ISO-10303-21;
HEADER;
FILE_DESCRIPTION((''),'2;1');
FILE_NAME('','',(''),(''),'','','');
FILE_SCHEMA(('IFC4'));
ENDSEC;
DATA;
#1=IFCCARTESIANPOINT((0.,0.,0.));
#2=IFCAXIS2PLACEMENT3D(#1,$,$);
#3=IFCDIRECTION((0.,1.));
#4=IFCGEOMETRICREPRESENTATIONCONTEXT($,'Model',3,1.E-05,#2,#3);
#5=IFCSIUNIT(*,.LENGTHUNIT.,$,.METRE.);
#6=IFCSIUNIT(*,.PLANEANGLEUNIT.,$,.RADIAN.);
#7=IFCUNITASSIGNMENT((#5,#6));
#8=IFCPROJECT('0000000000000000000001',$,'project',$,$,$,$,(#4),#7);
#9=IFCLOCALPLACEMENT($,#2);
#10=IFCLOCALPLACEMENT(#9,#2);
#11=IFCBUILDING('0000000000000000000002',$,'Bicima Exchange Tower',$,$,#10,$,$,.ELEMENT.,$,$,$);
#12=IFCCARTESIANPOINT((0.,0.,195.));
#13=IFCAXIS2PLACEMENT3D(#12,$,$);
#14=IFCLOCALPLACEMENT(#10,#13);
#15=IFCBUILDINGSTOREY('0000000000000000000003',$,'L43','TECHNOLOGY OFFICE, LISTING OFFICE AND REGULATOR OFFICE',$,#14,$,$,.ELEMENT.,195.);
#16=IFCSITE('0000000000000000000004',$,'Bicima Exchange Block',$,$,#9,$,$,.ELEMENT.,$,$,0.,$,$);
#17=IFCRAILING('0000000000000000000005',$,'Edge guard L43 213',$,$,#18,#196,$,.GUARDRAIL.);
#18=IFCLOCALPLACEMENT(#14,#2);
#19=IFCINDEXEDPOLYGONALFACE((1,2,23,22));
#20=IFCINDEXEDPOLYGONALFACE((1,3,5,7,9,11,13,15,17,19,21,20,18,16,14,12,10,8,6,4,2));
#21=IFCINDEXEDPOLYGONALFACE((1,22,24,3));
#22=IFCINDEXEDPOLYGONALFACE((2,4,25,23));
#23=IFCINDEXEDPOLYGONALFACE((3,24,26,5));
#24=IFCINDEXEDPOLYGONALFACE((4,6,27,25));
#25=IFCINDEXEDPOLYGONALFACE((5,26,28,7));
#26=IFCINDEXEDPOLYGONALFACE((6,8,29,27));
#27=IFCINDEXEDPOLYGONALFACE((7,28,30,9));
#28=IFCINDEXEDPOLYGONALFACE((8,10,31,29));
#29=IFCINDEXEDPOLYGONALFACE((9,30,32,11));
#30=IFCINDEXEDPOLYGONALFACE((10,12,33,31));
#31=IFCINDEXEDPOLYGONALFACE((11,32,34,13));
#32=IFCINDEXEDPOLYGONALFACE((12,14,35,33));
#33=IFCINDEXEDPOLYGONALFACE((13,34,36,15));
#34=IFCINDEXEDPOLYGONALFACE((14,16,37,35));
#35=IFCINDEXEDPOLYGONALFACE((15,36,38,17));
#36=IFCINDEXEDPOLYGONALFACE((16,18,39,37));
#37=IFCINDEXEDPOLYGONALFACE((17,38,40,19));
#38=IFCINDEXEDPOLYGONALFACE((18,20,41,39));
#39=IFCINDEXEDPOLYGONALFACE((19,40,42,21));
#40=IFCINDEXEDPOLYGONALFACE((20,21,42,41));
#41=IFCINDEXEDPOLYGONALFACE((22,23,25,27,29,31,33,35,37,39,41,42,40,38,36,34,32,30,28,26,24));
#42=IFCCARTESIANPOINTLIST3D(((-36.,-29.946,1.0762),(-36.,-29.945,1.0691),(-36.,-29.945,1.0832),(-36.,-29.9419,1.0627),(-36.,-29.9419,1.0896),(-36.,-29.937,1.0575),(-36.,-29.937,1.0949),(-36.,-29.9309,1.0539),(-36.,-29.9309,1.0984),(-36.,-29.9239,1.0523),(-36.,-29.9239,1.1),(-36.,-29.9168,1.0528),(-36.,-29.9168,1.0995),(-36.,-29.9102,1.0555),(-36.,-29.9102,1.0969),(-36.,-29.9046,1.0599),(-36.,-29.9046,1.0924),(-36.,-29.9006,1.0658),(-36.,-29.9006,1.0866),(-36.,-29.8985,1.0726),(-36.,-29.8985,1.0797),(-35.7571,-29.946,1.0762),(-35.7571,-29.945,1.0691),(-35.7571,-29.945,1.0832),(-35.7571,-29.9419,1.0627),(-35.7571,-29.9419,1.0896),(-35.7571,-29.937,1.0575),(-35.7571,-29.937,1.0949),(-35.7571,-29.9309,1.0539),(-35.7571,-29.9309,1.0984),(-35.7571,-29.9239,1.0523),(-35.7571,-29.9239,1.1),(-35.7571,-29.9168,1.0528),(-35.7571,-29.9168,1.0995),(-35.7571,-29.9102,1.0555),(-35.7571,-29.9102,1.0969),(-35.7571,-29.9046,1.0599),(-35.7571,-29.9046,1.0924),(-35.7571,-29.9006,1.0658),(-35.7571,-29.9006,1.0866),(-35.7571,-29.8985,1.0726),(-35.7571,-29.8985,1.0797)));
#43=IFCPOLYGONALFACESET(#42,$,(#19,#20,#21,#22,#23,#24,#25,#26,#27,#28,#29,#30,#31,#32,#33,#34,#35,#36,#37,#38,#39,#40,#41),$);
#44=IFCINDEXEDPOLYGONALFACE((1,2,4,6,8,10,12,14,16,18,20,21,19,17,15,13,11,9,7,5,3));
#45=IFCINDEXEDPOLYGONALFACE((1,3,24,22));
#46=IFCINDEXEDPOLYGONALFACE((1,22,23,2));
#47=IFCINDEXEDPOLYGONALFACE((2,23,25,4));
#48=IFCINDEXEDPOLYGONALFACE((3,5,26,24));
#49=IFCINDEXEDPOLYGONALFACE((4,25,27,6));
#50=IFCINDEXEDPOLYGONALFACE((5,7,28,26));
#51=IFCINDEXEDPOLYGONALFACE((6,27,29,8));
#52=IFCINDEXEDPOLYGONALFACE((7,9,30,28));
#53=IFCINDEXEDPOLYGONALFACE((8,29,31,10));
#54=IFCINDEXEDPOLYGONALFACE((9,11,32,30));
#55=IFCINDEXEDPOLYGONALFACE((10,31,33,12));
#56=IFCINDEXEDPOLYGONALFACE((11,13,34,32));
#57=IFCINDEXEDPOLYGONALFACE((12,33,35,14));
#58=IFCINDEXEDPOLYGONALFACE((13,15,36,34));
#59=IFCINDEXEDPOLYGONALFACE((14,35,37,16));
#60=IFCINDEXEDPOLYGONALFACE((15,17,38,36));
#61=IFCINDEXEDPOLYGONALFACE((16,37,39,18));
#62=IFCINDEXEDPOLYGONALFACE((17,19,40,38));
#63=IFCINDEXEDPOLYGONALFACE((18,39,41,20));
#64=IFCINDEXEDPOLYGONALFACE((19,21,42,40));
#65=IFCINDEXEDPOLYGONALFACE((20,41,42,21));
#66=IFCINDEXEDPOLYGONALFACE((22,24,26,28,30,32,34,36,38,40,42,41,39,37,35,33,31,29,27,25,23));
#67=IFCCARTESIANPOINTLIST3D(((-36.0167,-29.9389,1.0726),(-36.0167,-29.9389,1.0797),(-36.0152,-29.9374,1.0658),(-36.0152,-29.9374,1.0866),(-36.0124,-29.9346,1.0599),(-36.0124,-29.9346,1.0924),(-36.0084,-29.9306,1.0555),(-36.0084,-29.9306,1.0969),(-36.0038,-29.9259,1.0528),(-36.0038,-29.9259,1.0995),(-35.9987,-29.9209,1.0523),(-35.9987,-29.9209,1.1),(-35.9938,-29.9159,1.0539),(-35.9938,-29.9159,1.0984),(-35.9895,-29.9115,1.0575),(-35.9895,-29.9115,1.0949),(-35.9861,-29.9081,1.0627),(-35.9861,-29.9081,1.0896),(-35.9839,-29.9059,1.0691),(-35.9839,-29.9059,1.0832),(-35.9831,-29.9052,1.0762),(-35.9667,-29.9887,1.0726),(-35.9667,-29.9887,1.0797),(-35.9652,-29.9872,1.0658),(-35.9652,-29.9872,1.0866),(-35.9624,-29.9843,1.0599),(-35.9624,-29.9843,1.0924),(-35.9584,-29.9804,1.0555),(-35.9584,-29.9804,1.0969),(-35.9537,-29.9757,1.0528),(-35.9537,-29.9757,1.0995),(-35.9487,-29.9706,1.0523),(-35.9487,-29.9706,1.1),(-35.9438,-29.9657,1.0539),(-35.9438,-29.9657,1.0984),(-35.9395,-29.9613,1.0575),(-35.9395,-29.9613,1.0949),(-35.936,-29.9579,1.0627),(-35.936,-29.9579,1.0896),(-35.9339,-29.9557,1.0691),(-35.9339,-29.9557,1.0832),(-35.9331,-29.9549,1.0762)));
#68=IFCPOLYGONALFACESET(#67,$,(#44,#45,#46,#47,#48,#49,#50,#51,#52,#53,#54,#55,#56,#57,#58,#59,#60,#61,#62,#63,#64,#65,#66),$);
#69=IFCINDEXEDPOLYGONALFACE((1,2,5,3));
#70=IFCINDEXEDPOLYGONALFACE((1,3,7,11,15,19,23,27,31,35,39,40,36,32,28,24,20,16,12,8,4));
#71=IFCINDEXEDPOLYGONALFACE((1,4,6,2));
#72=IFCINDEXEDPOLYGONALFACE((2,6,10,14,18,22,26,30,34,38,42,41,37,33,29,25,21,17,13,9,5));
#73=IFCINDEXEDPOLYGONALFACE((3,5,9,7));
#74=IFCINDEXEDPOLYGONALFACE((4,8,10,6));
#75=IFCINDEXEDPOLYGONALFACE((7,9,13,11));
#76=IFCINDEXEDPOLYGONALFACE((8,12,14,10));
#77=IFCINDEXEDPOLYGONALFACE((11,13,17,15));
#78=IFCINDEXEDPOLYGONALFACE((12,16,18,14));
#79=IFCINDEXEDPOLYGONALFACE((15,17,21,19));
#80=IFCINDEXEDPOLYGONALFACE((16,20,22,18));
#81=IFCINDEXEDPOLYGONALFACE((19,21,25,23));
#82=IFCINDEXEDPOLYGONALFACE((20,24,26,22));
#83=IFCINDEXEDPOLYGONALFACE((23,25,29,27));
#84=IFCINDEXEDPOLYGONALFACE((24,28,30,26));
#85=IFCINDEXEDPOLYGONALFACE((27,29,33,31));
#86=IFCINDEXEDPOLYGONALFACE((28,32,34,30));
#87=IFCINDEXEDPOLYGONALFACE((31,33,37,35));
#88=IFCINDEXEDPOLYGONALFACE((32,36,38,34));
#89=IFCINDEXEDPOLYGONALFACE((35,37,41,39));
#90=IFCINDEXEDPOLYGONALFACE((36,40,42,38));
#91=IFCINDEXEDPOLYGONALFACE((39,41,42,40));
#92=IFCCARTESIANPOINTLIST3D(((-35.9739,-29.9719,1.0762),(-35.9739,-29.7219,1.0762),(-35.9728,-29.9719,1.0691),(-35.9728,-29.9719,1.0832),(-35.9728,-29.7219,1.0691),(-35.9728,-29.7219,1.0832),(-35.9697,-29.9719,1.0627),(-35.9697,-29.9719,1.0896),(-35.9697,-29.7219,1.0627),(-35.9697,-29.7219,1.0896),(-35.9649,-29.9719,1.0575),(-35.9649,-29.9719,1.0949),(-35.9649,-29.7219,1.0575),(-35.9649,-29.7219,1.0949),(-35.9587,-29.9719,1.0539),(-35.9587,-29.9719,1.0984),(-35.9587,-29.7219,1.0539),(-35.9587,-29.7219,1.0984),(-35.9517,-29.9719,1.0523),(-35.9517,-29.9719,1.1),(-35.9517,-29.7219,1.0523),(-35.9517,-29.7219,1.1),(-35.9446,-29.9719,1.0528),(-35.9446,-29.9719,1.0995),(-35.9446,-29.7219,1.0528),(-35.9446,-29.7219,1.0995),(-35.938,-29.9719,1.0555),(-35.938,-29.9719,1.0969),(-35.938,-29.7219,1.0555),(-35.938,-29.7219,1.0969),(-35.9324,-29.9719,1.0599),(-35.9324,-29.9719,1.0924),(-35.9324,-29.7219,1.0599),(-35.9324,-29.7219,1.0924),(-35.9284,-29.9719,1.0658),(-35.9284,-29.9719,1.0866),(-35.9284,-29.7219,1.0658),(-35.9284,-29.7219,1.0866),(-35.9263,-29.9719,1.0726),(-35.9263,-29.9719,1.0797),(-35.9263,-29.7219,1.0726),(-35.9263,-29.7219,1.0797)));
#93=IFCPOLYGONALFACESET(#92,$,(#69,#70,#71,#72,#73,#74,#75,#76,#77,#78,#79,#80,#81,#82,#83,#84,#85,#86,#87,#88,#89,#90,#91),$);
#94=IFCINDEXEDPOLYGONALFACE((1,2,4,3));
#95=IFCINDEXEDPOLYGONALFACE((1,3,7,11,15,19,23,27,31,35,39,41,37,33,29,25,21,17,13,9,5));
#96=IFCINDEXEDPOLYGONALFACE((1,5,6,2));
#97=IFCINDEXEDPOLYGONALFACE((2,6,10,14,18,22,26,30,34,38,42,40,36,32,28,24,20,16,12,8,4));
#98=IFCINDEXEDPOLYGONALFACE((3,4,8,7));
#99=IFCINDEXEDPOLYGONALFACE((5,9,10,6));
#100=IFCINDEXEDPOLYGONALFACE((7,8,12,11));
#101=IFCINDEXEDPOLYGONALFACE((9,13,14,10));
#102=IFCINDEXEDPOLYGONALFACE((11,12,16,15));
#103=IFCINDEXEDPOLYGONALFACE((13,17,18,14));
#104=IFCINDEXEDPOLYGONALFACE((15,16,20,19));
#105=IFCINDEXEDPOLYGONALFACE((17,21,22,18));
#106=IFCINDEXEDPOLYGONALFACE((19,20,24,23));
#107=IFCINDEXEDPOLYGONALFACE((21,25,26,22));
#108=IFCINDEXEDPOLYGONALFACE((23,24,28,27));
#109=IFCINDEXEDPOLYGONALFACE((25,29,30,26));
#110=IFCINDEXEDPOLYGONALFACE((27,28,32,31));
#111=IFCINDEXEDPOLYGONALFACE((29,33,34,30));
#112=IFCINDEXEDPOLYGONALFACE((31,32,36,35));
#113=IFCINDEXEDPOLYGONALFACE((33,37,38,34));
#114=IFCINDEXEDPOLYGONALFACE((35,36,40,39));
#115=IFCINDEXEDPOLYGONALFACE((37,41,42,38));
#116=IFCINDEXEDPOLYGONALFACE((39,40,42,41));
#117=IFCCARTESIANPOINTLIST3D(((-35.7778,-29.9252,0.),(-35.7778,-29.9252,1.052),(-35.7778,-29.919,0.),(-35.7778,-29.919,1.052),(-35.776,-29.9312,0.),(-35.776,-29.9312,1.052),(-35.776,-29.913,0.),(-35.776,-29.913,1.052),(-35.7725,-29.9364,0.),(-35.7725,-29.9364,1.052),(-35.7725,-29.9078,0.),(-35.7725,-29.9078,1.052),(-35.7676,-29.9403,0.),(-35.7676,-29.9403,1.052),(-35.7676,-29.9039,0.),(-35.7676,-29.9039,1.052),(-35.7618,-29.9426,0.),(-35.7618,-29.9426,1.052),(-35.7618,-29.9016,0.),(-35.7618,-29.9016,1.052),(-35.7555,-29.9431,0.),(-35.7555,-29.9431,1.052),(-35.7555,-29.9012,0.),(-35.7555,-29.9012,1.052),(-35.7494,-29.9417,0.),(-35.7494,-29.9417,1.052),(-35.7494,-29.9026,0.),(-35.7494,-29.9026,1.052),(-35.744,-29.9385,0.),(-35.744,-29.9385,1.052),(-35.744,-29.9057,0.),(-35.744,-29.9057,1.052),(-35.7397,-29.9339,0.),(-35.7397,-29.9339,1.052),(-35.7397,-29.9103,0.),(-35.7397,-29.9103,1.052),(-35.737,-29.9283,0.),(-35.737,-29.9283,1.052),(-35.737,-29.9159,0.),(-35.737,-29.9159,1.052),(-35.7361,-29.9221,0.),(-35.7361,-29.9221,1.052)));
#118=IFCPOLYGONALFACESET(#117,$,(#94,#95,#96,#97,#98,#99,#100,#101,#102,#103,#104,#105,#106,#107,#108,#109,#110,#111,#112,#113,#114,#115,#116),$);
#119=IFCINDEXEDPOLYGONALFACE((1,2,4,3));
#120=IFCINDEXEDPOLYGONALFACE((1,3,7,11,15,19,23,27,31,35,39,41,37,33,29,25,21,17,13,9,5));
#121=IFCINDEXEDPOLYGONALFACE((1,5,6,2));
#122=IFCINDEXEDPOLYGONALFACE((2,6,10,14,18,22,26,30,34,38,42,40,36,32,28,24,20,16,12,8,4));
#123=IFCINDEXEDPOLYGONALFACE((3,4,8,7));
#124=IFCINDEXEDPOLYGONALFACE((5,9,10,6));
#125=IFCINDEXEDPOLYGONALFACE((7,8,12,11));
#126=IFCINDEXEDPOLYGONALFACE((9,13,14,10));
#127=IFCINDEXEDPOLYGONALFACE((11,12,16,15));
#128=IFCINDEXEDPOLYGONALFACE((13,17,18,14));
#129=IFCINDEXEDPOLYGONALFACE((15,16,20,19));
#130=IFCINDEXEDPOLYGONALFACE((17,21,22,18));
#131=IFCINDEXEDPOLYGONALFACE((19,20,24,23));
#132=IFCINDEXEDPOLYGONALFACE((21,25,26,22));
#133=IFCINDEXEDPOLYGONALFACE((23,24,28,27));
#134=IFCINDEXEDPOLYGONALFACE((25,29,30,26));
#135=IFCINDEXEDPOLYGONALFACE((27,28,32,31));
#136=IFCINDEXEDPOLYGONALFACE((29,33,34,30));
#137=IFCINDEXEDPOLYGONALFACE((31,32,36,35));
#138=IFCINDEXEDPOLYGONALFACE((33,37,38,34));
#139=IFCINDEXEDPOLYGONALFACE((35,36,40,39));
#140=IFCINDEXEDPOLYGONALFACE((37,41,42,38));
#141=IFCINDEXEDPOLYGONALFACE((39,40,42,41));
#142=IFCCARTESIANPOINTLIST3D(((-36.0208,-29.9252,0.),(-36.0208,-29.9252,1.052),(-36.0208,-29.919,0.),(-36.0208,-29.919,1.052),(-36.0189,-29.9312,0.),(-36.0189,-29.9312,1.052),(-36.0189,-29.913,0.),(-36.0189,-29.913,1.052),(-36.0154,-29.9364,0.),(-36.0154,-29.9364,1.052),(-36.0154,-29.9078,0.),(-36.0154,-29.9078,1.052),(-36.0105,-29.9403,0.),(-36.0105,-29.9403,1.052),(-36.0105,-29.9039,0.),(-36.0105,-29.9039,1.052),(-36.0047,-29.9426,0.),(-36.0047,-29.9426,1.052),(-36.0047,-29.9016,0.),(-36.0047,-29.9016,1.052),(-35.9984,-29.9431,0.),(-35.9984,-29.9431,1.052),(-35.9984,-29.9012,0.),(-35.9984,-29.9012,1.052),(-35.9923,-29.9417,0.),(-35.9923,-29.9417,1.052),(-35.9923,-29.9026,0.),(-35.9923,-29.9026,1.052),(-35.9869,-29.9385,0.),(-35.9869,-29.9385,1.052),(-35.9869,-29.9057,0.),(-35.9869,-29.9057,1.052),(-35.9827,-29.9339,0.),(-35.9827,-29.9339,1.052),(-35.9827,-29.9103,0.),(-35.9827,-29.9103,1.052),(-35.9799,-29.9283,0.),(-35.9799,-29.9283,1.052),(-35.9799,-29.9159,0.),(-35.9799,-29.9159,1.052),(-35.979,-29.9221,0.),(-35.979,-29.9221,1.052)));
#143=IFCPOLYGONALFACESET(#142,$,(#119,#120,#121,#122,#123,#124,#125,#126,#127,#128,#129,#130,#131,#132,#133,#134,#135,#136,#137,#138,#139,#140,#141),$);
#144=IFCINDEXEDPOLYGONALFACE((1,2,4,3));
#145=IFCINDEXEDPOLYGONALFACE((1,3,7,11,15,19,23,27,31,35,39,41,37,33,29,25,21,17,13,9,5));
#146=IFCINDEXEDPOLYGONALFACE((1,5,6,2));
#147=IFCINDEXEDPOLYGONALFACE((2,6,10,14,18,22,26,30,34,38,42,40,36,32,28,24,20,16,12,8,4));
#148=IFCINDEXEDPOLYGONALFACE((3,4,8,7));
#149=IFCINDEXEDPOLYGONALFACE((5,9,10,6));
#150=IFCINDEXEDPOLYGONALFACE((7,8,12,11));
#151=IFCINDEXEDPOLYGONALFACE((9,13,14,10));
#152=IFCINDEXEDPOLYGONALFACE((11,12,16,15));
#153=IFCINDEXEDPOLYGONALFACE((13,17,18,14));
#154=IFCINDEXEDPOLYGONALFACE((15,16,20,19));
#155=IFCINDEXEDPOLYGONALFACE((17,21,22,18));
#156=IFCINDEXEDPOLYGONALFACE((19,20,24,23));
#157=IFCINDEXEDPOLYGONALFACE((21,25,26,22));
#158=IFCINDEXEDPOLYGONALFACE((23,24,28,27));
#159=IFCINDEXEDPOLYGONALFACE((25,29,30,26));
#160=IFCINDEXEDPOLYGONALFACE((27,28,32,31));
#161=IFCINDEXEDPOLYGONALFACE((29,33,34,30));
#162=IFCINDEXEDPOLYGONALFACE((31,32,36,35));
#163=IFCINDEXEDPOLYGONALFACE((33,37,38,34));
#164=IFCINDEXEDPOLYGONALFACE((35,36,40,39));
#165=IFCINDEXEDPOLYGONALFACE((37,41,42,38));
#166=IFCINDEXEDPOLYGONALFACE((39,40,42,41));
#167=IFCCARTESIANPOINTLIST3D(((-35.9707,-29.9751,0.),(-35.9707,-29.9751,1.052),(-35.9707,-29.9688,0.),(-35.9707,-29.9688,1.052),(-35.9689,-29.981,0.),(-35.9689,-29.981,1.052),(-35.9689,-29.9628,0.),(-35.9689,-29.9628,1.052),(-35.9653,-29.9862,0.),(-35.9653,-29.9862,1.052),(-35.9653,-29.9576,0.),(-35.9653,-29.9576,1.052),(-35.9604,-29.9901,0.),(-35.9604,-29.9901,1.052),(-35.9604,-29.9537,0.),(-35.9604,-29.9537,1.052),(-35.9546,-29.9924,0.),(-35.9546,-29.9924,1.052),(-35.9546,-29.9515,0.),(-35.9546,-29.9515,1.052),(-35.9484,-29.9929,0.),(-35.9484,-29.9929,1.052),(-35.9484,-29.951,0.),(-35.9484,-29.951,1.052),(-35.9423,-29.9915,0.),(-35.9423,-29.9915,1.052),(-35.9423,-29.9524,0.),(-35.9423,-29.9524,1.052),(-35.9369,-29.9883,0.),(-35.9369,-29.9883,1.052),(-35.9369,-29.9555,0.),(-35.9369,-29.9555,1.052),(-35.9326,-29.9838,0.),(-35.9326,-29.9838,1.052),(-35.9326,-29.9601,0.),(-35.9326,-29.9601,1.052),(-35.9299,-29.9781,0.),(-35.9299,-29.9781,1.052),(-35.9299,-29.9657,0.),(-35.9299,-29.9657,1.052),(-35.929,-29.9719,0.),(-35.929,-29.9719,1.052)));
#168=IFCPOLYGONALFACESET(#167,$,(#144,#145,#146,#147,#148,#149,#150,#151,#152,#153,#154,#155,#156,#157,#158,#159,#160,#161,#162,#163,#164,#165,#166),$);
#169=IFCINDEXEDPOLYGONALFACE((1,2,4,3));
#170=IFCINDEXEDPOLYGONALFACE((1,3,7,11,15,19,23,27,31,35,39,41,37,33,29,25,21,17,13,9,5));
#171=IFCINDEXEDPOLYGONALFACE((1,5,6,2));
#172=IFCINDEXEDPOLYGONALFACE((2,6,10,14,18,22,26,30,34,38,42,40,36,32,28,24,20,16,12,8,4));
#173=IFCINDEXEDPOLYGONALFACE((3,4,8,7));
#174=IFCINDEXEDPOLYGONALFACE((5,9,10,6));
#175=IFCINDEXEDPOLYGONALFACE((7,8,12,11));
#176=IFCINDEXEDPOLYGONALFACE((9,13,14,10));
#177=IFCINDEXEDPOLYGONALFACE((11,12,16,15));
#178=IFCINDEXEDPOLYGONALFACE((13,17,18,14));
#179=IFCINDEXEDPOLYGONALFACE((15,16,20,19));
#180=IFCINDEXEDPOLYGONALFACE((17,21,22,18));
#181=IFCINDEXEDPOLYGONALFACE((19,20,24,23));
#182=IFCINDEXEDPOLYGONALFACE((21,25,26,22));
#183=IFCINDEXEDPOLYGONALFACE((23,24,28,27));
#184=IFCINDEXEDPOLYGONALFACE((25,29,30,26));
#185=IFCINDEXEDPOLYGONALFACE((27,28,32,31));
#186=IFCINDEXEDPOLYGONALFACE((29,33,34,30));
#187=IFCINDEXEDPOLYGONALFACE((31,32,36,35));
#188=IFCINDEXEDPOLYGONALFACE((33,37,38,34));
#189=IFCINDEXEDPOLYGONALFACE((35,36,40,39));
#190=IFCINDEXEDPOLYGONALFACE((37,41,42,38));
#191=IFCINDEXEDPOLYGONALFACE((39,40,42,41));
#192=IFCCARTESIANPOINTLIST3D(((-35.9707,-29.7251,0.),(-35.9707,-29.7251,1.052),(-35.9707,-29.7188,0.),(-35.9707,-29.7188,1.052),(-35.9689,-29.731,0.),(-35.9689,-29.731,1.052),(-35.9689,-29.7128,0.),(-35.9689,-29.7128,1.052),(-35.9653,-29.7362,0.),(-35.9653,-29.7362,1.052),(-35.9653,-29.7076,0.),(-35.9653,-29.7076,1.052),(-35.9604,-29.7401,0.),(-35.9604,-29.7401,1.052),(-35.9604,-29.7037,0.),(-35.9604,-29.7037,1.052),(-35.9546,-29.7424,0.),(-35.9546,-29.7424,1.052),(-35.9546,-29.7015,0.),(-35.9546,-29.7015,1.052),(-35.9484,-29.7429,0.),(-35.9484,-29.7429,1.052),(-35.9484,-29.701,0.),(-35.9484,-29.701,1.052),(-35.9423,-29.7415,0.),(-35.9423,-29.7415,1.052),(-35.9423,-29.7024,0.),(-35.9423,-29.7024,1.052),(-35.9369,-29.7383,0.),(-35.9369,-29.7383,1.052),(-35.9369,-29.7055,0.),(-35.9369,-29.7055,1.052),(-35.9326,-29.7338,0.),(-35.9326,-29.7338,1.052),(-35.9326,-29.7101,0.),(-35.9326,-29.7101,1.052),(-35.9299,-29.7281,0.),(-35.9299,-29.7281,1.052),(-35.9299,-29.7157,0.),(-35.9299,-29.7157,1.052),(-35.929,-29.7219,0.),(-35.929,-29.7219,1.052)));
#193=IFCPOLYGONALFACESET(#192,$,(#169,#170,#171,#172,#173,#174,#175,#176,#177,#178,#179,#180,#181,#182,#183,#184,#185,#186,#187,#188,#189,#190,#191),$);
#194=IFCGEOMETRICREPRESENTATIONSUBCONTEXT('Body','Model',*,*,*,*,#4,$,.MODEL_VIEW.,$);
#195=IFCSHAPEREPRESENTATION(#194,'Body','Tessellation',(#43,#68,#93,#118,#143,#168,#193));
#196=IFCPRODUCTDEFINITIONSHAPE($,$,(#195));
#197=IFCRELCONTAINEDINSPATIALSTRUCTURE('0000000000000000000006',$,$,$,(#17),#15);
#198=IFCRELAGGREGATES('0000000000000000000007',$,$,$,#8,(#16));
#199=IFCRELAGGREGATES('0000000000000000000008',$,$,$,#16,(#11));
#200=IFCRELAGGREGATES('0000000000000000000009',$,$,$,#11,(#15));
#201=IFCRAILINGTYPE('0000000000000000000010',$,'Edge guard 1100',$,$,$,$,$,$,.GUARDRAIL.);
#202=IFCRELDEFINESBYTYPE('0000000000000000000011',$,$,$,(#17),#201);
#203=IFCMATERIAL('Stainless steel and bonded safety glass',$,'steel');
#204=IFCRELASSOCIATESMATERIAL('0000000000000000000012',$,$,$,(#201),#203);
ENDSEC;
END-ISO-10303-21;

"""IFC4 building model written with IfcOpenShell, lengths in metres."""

from ifc_helpers import new_model, si_unit, direction, frame, origin, origin_2d, place, context, subcontext, project, spatial, circle, extrude, material, type_object, element, save


model = new_model("IFC4")

# Units and contexts
model_context = context("Model", 3, precision=1e-05, world=origin(), true_north=direction((0.0, 1.0)))
body_context = subcontext(model_context, "Body", "Model", "MODEL_VIEW")
ifc_project = project(units=[si_unit("LENGTHUNIT", "METRE"), si_unit("PLANEANGLEUNIT", "RADIAN")], contexts=[model_context])

# Site, building, storey
site_placement = place(None, origin())
site = spatial("IfcSite", under=ifc_project, at=site_placement, Name="Bicima Exchange Block", CompositionType="ELEMENT", RefElevation=0.0)
building_placement = place(site_placement, origin())
building = spatial("IfcBuilding", under=site, at=building_placement, Name="Bicima Exchange Tower", CompositionType="ELEMENT")
storey_placement = place(building_placement, frame((0.0, 0.0, 195.0)))
storey = spatial("IfcBuildingStorey", under=building, at=storey_placement, Name="L43", Description="TECHNOLOGY OFFICE, LISTING OFFICE AND REGULATOR OFFICE", CompositionType="ELEMENT", Elevation=195.0)

# Railing
ifc_material_1 = material(Name="Stainless steel and bonded safety glass", Category="steel")
railing_type = type_object("IfcRailingType", Name="Edge guard 1100", PredefinedType="GUARDRAIL", material=ifc_material_1)
railing_1_placement = place(storey_placement, frame((-35.7571, -29.9221, 0.0)))
element("IfcRailing", 1, at=railing_1_placement, inside=storey, type_object=railing_type, Name="Edge guard L43 213", PredefinedType="GUARDRAIL", context=body_context, shape_type="SweptSolid", body=[
    extrude(circle(Radius=0.0239, at=origin_2d()), frame((0.0, 0.0, 1.0762), z_axis=(-1.0, 0.0, 0.0), x_axis=(0.0, -1.0, 0.0)), (0.0, 0.0, 1.0), 0.2429),
    extrude(circle(Radius=0.0239, at=origin_2d()), frame((-0.2429, 0.0, 1.0762), z_axis=(0.708834, -0.705376, 0.0), x_axis=(0.705376, 0.708834, 0.0)), (0.0, 0.0, 1.0), 0.0706),
    extrude(circle(Radius=0.0239, at=origin_2d()), frame((-0.1929, -0.0498, 1.0762), z_axis=(0.0, 1.0, 0.0), x_axis=(-1.0, 0.0, 0.0)), (0.0, 0.0, 1.0), 0.25),
    extrude(circle(Radius=0.021, at=origin_2d()), origin(), (0.0, 0.0, 1.0), 1.052),
    extrude(circle(Radius=0.021, at=origin_2d()), frame((-0.2429, 0.0, 0.0)), (0.0, 0.0, 1.0), 1.052),
    extrude(circle(Radius=0.021, at=origin_2d()), frame((-0.1929, -0.0498, 0.0)), (0.0, 0.0, 1.0), 1.052),
    extrude(circle(Radius=0.021, at=origin_2d()), frame((-0.1929, 0.2002, 0.0)), (0.0, 0.0, 1.0), 1.052),
])

save(model, "model.ifc")
